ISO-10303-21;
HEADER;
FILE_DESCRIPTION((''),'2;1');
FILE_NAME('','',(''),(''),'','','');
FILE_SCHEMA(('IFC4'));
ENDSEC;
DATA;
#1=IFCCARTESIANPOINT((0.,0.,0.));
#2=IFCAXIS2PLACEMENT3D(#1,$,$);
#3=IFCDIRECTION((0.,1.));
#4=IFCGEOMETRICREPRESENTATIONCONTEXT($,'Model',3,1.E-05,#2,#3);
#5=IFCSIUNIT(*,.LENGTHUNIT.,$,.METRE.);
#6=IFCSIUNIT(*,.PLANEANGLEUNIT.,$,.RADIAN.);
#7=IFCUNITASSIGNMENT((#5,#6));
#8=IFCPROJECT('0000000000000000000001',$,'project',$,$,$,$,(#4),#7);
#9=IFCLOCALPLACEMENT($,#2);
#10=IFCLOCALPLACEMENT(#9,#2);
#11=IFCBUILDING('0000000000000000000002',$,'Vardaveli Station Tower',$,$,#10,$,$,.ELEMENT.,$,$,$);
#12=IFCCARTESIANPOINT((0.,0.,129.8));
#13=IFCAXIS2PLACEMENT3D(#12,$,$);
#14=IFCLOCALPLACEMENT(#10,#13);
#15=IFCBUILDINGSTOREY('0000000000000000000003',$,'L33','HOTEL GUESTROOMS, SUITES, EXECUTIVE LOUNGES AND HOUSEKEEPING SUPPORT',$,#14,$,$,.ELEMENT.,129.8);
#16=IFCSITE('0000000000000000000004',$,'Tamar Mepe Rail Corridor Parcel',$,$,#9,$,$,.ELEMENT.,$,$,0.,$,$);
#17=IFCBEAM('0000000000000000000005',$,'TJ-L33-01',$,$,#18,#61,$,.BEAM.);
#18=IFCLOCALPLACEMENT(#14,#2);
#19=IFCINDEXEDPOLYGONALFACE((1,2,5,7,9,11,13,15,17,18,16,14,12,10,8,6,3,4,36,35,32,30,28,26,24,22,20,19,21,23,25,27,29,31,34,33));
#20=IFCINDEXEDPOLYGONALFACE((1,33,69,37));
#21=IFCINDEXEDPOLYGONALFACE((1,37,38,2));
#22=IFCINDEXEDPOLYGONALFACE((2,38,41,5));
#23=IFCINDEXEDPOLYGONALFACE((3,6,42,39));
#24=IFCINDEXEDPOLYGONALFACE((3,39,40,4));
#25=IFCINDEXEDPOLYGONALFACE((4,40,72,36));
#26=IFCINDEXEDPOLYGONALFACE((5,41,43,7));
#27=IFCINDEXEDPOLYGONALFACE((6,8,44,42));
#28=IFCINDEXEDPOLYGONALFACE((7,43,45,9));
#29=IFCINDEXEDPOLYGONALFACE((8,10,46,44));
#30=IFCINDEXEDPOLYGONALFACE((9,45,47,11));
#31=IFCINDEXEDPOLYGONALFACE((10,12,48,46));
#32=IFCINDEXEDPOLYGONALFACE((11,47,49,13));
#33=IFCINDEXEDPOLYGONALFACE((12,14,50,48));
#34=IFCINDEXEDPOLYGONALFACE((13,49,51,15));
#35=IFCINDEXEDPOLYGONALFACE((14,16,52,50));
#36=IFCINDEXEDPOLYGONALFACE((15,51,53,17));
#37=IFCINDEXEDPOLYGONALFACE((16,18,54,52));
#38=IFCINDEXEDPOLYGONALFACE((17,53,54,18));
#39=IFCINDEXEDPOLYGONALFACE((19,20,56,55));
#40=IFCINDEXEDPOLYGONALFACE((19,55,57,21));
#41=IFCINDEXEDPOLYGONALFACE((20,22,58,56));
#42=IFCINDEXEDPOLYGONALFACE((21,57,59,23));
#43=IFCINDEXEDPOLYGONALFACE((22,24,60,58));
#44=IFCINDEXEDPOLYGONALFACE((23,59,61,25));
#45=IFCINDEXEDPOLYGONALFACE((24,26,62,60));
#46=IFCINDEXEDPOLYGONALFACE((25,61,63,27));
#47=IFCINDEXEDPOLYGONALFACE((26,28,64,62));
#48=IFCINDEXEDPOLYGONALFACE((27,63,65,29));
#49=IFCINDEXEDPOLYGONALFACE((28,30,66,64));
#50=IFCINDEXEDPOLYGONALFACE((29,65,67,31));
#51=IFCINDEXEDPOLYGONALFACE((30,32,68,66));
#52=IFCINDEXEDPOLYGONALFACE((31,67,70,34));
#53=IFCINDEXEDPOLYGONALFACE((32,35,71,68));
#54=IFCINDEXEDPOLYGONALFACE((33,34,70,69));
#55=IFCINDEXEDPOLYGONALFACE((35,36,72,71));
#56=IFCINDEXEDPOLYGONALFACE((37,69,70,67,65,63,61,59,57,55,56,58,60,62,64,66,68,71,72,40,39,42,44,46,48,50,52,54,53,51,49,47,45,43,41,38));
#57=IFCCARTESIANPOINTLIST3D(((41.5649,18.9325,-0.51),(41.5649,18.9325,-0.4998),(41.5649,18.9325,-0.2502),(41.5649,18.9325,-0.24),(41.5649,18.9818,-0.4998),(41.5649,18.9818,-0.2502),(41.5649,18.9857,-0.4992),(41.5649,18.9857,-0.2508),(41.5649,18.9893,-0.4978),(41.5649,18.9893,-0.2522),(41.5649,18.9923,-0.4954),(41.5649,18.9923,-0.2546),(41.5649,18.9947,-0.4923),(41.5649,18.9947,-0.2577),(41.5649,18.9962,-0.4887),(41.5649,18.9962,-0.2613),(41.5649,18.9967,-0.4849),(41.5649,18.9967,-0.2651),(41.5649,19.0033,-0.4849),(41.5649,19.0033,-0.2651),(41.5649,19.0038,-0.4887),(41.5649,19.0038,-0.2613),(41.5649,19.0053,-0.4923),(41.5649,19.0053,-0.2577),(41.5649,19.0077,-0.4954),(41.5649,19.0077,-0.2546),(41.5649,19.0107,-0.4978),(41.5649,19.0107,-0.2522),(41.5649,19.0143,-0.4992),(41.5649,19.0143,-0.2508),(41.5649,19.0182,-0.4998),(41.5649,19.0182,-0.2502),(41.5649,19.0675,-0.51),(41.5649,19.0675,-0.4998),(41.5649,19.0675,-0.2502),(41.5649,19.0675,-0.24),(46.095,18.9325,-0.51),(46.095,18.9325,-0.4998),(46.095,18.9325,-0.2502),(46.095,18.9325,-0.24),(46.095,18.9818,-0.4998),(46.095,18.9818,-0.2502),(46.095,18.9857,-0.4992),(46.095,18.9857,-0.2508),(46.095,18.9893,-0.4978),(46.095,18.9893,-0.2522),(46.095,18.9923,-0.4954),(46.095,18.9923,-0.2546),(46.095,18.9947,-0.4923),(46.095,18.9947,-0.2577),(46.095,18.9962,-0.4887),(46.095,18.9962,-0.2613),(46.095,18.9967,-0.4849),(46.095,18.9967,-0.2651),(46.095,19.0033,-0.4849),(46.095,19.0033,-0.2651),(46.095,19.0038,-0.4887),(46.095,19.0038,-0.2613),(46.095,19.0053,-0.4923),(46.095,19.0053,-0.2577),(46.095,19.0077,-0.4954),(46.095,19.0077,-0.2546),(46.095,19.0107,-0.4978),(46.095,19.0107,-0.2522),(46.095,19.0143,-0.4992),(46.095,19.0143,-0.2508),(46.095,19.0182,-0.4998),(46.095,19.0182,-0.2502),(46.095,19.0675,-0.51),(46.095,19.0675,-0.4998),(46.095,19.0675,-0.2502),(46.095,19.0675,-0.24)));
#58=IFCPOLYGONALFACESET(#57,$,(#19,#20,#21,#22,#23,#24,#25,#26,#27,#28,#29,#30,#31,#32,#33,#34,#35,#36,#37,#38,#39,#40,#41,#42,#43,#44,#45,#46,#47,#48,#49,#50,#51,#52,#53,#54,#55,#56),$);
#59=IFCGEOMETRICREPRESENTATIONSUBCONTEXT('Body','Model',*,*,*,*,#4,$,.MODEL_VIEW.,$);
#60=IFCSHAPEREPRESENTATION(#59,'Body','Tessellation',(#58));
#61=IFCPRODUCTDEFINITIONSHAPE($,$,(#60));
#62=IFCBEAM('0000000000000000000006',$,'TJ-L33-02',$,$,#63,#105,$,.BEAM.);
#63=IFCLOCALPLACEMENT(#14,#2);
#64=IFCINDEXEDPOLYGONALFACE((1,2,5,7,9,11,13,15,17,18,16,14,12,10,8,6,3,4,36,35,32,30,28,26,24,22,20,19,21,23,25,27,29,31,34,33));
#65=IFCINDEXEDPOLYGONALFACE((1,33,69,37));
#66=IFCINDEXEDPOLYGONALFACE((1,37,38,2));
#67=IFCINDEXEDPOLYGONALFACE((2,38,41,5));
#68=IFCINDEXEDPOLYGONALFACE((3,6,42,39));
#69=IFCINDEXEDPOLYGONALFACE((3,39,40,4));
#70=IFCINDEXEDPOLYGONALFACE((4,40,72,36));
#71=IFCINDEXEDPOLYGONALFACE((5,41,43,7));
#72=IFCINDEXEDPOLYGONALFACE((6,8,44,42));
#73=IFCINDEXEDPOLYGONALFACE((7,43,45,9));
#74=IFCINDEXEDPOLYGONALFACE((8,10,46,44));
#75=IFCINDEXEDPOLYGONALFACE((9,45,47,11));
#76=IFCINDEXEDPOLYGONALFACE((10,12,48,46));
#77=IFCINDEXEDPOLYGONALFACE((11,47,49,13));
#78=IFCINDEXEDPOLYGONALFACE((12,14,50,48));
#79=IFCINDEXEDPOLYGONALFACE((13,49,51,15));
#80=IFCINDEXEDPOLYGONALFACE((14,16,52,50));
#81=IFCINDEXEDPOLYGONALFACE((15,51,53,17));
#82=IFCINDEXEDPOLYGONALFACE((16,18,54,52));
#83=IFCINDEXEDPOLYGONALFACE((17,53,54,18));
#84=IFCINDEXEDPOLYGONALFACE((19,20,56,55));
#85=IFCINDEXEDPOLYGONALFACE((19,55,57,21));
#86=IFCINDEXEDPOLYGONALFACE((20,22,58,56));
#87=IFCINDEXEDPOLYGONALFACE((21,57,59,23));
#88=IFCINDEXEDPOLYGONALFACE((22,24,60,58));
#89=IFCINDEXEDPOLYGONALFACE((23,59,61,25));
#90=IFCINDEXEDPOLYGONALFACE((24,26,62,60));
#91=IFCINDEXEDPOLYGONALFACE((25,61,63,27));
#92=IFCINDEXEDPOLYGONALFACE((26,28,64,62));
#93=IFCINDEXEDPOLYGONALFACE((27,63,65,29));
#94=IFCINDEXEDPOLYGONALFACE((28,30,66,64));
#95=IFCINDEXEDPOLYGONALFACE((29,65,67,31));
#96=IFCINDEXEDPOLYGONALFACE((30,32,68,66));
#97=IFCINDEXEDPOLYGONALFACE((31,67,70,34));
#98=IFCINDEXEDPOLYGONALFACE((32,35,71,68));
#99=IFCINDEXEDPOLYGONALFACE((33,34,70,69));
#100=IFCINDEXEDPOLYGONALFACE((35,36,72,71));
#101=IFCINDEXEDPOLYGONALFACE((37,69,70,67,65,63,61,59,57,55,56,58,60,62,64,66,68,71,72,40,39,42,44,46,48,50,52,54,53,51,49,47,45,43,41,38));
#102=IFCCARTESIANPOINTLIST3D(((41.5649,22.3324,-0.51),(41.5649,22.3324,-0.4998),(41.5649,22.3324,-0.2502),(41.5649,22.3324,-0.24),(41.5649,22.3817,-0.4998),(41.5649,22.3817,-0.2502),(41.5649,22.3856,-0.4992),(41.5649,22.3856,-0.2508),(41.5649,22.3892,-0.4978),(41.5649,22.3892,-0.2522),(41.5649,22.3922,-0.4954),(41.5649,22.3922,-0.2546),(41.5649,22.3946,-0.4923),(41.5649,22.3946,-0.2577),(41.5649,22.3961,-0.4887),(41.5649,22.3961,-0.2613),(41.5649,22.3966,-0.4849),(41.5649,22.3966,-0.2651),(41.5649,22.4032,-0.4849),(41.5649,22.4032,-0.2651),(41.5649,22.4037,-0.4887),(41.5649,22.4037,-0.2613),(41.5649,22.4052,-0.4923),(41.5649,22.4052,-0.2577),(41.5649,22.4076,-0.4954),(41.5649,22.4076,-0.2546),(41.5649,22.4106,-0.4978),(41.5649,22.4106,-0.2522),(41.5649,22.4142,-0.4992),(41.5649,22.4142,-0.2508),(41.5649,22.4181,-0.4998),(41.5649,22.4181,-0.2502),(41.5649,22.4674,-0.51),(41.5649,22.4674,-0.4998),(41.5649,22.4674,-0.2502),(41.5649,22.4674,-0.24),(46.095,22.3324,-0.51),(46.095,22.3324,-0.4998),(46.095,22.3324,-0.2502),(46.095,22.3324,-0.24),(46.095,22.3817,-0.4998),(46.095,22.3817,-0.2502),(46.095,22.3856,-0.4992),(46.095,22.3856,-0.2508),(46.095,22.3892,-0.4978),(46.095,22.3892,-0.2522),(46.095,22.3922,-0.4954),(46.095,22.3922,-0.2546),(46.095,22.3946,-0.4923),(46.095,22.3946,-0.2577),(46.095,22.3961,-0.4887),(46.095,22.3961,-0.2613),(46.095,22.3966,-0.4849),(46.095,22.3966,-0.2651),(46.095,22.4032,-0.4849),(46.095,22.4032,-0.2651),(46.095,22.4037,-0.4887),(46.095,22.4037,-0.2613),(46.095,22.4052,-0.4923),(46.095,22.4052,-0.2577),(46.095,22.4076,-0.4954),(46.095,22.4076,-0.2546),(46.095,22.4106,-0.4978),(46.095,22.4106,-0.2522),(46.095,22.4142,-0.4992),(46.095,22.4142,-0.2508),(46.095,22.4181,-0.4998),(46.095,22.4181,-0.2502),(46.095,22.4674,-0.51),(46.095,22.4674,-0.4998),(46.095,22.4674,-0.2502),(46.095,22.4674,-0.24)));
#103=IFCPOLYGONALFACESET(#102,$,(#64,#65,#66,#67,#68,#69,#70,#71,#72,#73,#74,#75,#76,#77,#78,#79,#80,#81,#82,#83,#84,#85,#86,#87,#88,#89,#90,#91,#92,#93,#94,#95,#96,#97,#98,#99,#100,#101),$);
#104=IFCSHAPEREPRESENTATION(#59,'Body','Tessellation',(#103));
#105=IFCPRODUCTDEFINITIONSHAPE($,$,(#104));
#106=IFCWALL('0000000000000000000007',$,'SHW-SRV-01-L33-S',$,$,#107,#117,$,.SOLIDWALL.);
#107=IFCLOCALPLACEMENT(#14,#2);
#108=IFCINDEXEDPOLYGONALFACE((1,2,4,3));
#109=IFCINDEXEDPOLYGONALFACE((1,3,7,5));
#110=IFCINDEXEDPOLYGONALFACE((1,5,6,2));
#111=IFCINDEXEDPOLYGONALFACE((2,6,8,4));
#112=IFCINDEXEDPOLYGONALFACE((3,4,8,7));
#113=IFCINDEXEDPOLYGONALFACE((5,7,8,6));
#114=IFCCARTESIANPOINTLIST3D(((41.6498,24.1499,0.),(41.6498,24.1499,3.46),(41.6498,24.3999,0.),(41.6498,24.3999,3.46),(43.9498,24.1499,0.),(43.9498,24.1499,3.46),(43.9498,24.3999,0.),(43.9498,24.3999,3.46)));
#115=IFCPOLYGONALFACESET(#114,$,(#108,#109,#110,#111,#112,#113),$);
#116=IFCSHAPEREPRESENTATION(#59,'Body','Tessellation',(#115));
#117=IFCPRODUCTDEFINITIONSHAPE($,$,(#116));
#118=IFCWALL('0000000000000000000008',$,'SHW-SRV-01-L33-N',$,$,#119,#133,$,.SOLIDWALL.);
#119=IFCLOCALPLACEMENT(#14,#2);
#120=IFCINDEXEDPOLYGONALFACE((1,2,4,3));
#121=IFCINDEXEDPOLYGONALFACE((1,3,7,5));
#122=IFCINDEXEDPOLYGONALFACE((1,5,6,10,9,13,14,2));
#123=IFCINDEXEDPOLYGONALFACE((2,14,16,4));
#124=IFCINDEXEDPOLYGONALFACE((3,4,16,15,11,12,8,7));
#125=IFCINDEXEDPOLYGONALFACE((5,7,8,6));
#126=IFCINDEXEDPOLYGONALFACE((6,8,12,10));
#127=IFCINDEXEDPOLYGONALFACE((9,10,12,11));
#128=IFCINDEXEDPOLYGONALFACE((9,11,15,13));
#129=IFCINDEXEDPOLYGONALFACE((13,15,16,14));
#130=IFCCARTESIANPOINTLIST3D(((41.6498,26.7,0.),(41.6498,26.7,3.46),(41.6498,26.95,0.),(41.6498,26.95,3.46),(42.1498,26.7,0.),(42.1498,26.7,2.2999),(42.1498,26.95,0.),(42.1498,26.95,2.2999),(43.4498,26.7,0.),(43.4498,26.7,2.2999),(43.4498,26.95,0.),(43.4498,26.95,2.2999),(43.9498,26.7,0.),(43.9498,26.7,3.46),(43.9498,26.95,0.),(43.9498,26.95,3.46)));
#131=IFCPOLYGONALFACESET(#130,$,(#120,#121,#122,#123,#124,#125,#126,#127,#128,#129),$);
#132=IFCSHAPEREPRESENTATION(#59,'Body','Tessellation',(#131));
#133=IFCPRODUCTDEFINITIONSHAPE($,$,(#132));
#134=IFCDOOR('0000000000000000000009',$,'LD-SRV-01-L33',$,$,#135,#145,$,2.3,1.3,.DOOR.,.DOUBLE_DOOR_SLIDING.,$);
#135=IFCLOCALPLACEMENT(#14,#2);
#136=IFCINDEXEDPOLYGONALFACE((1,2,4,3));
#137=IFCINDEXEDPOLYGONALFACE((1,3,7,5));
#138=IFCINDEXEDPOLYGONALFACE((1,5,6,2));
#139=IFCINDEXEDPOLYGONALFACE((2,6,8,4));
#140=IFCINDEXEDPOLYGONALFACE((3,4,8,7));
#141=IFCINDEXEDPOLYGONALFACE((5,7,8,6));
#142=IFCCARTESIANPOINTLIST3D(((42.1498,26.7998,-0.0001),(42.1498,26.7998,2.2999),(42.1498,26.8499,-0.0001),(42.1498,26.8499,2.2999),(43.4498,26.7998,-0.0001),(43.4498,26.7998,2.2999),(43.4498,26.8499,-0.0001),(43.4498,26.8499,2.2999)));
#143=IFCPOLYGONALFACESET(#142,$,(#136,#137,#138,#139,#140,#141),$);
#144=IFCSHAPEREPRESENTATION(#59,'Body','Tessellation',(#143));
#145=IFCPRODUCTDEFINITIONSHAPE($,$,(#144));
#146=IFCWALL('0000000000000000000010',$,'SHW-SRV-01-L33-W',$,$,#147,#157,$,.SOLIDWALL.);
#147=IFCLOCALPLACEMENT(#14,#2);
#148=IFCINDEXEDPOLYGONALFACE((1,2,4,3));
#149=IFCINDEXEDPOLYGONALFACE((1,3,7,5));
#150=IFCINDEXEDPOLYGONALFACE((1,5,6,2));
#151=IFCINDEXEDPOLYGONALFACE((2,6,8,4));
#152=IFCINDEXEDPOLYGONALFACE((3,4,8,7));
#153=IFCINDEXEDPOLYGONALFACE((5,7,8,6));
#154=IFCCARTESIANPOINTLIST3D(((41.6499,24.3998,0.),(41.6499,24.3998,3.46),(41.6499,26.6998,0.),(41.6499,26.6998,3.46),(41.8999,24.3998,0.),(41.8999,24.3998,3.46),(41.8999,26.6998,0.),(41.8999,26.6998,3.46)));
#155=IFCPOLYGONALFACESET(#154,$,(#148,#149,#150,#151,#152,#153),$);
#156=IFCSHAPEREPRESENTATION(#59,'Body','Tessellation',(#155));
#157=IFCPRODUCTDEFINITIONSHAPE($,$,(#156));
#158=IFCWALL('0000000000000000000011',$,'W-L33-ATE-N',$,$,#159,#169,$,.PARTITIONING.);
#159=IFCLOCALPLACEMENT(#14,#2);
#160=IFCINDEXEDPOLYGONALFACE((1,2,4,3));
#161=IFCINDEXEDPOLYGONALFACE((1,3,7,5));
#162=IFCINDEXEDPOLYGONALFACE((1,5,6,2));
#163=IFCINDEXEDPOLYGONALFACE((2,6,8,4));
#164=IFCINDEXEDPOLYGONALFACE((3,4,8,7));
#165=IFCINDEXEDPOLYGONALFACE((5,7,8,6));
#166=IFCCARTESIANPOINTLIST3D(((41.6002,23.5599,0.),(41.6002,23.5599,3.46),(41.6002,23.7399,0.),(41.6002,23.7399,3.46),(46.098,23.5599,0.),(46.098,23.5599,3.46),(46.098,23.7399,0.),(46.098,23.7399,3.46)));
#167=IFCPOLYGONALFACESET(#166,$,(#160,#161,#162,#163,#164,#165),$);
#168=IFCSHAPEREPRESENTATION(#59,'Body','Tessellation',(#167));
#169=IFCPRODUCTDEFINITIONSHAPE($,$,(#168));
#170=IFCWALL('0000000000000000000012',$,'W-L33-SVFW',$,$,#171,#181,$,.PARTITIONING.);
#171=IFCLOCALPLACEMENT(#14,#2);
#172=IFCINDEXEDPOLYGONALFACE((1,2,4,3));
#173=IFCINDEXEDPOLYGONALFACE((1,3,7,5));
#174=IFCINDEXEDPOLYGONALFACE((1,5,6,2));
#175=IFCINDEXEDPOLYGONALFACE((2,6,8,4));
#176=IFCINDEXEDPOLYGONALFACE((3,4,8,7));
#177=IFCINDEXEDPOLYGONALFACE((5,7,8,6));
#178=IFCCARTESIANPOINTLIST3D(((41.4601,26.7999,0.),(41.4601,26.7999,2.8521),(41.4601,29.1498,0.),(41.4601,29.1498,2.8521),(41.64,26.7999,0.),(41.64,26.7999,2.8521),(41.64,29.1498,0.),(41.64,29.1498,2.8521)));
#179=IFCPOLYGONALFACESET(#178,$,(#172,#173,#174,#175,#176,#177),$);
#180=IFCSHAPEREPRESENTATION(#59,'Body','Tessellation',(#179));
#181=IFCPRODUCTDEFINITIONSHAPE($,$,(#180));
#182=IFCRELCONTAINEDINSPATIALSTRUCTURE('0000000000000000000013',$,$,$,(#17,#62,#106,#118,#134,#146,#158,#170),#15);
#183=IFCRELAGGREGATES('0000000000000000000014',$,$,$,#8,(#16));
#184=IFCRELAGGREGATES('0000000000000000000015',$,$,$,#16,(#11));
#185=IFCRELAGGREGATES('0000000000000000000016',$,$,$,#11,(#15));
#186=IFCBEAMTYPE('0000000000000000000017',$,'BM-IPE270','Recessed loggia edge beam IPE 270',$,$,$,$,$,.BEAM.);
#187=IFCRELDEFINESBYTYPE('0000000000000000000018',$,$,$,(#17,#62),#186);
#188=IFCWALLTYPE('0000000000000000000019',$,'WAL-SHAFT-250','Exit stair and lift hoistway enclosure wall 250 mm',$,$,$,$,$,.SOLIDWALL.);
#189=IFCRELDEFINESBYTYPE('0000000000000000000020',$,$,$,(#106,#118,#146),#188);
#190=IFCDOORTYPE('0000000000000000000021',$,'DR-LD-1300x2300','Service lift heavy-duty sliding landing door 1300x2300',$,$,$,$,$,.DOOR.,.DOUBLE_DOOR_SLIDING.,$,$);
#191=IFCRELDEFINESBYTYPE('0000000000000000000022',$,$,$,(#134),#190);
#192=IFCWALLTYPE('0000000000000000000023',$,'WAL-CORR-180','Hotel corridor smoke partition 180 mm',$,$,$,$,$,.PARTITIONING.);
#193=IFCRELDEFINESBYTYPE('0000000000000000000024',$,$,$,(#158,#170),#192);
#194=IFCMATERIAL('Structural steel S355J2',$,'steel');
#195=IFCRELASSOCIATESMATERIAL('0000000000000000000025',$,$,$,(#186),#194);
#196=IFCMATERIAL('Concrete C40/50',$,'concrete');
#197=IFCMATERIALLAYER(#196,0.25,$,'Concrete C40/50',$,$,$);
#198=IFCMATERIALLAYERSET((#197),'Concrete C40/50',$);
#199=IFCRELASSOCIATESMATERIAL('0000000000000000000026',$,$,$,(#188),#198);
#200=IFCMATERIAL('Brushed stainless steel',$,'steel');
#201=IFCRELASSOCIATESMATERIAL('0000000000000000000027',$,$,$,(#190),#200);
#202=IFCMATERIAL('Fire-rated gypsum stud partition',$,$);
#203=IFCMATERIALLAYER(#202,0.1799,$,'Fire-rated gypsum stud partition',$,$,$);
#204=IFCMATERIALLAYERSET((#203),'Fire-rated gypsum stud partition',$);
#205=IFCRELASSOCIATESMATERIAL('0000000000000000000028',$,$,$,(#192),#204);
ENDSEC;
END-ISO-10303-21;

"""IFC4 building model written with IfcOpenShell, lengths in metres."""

from ifc_helpers import new_model, si_unit, direction, frame, frame_2d, origin, origin_2d, place, context, subcontext, project, spatial, rectangle, i_section, extrude, source, transform, mapped, material, layer, layer_set, material_profile, profile_set, type_object, element, fill, save


model = new_model("IFC4")

# Units and contexts
model_context = context("Model", 3, precision=1e-05, world=origin(), true_north=direction((0.0, 1.0)))
body_context = subcontext(model_context, "Body", "Model", "MODEL_VIEW")
ifc_project = project(units=[si_unit("LENGTHUNIT", "METRE"), si_unit("PLANEANGLEUNIT", "RADIAN")], contexts=[model_context])

# Site, building, storey
site_placement = place(None, origin())
site = spatial("IfcSite", under=ifc_project, at=site_placement, Name="Tamar Mepe Rail Corridor Parcel", CompositionType="ELEMENT", RefElevation=0.0)
building_placement = place(site_placement, origin())
building = spatial("IfcBuilding", under=site, at=building_placement, Name="Vardaveli Station Tower", CompositionType="ELEMENT")
storey_placement = place(building_placement, frame((0.0, 0.0, 129.8)))
storey = spatial("IfcBuildingStorey", under=building, at=storey_placement, Name="L33", Description="HOTEL GUESTROOMS, SUITES, EXECUTIVE LOUNGES AND HOUSEKEEPING SUPPORT", CompositionType="ELEMENT", Elevation=129.8)

# Beams
ifc_material_1 = material(Name="Structural steel S355J2", Category="steel")
ifc_material_profile_1 = material_profile(ifc_material_1, i_section(OverallWidth=0.135, OverallDepth=0.27, WebThickness=0.0066, FlangeThickness=0.0103, FilletRadius=0.0149, at=origin_2d()), Name="IPE 270")
ifc_profile_set_1 = profile_set([ifc_material_profile_1], Name="Structural steel S355J2")
beam_type_1 = type_object("IfcBeamType", Name="BM-IPE270", Description="Recessed loggia edge beam IPE 270", PredefinedType="BEAM", material=ifc_profile_set_1)
shared_shape_1 = source(origin(), body_context, "Body", "SweptSolid", [
    extrude(i_section(OverallWidth=0.135, OverallDepth=0.27, WebThickness=0.0066, FlangeThickness=0.0103, FilletRadius=0.0149, at=origin_2d()), origin(), (0.0, 0.0, 1.0), 4.53),
])
for number, where, z_axis, x_axis, name in (
    (1, (41.5649, 19.0, -0.375), (1.0, 0.0, 0.0), (0.0, 1.0, 0.0), "TJ-L33-01"),
    (2, (41.5649, 22.3999, -0.375), (1.0, 0.0, 0.0), (0.0, 1.0, 0.0), "TJ-L33-02"),
):
    element("IfcBeam", number, at=place(storey_placement, frame(where, z_axis=z_axis, x_axis=x_axis)), inside=storey, type_object=beam_type_1, Name=name, PredefinedType="BEAM", context=body_context, shape_type="MappedRepresentation", body=[
        mapped(shared_shape_1, transform((0.0, 0.0, 0.0), scale=1.0)),
    ])

# Wall
ifc_material_2 = material(Name="Concrete C40/50", Category="concrete")
ifc_layer_1 = layer(ifc_material_2, 0.25, Name="Concrete C40/50")
ifc_layer_set_1 = layer_set([ifc_layer_1], Name="Concrete C40/50")
wall_type_1 = type_object("IfcWallType", Name="WAL-SHAFT-250", Description="Exit stair and lift hoistway enclosure wall 250 mm", PredefinedType="SOLIDWALL", material=ifc_layer_set_1)
shared_shape_2 = source(origin(), body_context, "Body", "SweptSolid", [
    extrude(rectangle(XDim=2.3, YDim=0.25, at=frame_2d((1.1499, 0.0))), origin(), (0.0, 0.0, 1.0), 3.46),
])
wall_1_placement = place(storey_placement, frame((41.6499, 24.2749, 0.0), z_axis=(0.0, 0.0, 1.0), x_axis=(1.0, 0.0, 0.0)))
element("IfcWall", 3, at=wall_1_placement, inside=storey, type_object=wall_type_1, Name="SHW-SRV-01-L33-S", PredefinedType="SOLIDWALL", context=body_context, shape_type="MappedRepresentation", body=[
    mapped(shared_shape_2, transform((0.0, 0.0, 0.0), scale=1.0)),
])

# Wall, opening, door
wall_2_placement = place(storey_placement, frame((41.6499, 26.825, 0.0), z_axis=(0.0, 0.0, 1.0), x_axis=(1.0, 0.0, 0.0)))
wall_2 = element("IfcWall", 4, at=wall_2_placement, inside=storey, type_object=wall_type_1, Name="SHW-SRV-01-L33-N", PredefinedType="SOLIDWALL", context=body_context, shape_type="MappedRepresentation", body=[
    mapped(shared_shape_2, transform((0.0, 0.0, 0.0), scale=1.0)),
])
shared_shape_3 = source(origin(), body_context, "Body", "SweptSolid", [
    extrude(rectangle(XDim=1.3, YDim=2.3, at=frame_2d((0.6499, 1.1499))), frame((0.0, 0.135, 0.0), z_axis=(0.0, -1.0, 0.0), x_axis=(1.0, 0.0, 0.0)), (0.0, 0.0, 1.0), 0.27),
])
opening_placement = place(wall_2_placement, frame((0.5, 0.0, 0.0)))
opening = element("IfcOpeningElement", 5, at=opening_placement, cuts=wall_2, PredefinedType="OPENING", context=body_context, shape_type="MappedRepresentation", body=[
    mapped(shared_shape_3, transform((0.0, 0.0, 0.0), scale=1.0)),
])
ifc_material_3 = material(Name="Brushed stainless steel", Category="steel")
door_type = type_object("IfcDoorType", Name="DR-LD-1300x2300", Description="Service lift heavy-duty sliding landing door 1300x2300", OperationType="DOUBLE_DOOR_SLIDING", PredefinedType="DOOR", material=ifc_material_3)
shared_shape_4 = source(origin(), body_context, "Body", "SweptSolid", [
    extrude(rectangle(XDim=1.3, YDim=2.3, at=frame_2d((0.6499, 1.1499))), frame((0.0, 0.0249, 0.0), z_axis=(0.0, -1.0, 0.0), x_axis=(1.0, 0.0, 0.0)), (0.0, 0.0, 1.0), 0.05),
])
door_placement = place(opening_placement, origin())
door = element("IfcDoor", 6, at=door_placement, inside=storey, type_object=door_type, Name="LD-SRV-01-L33", OperationType="DOUBLE_DOOR_SLIDING", OverallHeight=2.3, OverallWidth=1.3, PredefinedType="DOOR", context=body_context, shape_type="MappedRepresentation", body=[
    mapped(shared_shape_4, transform((0.0, 0.0, 0.0), scale=1.0)),
])
fill(opening, door)

# Walls
wall_3_placement = place(storey_placement, frame((41.7749, 24.3999, 0.0), z_axis=(0.0, 0.0, 1.0), x_axis=(0.0, 1.0, 0.0)))
element("IfcWall", 7, at=wall_3_placement, inside=storey, type_object=wall_type_1, Name="SHW-SRV-01-L33-W", PredefinedType="SOLIDWALL", context=body_context, shape_type="MappedRepresentation", body=[
    mapped(shared_shape_2, transform((0.0, 0.0, 0.0), scale=1.0)),
])
ifc_material_4 = material(Name="Fire-rated gypsum stud partition")
ifc_layer_2 = layer(ifc_material_4, 0.1799, Name="Fire-rated gypsum stud partition")
ifc_layer_set_2 = layer_set([ifc_layer_2], Name="Fire-rated gypsum stud partition")
wall_type_2 = type_object("IfcWallType", Name="WAL-CORR-180", Description="Hotel corridor smoke partition 180 mm", PredefinedType="PARTITIONING", material=ifc_layer_set_2)
shared_shape_5 = source(origin(), body_context, "Body", "SweptSolid", [
    extrude(rectangle(XDim=4.4978, YDim=0.1799, at=frame_2d((2.249, 0.0))), origin(), (0.0, 0.0, 1.0), 3.46),
])
wall_4_placement = place(storey_placement, frame((41.6001, 23.6499, 0.0), z_axis=(0.0, 0.0, 1.0), x_axis=(1.0, 0.0, 0.0)))
element("IfcWall", 8, at=wall_4_placement, inside=storey, type_object=wall_type_2, Name="W-L33-ATE-N", PredefinedType="PARTITIONING", context=body_context, shape_type="MappedRepresentation", body=[
    mapped(shared_shape_5, transform((0.0, 0.0, 0.0), scale=1.0)),
])
shared_shape_6 = source(origin(), body_context, "Body", "SweptSolid", [
    extrude(rectangle(XDim=2.3499, YDim=0.1799, at=frame_2d((1.1748, 0.0))), origin(), (0.0, 0.0, 1.0), 2.8521),
])
wall_5_placement = place(storey_placement, frame((41.55, 26.8, 0.0), z_axis=(0.0, 0.0, 1.0), x_axis=(0.0, 1.0, 0.0)))
element("IfcWall", 9, at=wall_5_placement, inside=storey, type_object=wall_type_2, Name="W-L33-SVFW", PredefinedType="PARTITIONING", context=body_context, shape_type="MappedRepresentation", body=[
    mapped(shared_shape_6, transform((0.0, 0.0, 0.0), scale=1.0)),
])

save(model, "model.ifc")
